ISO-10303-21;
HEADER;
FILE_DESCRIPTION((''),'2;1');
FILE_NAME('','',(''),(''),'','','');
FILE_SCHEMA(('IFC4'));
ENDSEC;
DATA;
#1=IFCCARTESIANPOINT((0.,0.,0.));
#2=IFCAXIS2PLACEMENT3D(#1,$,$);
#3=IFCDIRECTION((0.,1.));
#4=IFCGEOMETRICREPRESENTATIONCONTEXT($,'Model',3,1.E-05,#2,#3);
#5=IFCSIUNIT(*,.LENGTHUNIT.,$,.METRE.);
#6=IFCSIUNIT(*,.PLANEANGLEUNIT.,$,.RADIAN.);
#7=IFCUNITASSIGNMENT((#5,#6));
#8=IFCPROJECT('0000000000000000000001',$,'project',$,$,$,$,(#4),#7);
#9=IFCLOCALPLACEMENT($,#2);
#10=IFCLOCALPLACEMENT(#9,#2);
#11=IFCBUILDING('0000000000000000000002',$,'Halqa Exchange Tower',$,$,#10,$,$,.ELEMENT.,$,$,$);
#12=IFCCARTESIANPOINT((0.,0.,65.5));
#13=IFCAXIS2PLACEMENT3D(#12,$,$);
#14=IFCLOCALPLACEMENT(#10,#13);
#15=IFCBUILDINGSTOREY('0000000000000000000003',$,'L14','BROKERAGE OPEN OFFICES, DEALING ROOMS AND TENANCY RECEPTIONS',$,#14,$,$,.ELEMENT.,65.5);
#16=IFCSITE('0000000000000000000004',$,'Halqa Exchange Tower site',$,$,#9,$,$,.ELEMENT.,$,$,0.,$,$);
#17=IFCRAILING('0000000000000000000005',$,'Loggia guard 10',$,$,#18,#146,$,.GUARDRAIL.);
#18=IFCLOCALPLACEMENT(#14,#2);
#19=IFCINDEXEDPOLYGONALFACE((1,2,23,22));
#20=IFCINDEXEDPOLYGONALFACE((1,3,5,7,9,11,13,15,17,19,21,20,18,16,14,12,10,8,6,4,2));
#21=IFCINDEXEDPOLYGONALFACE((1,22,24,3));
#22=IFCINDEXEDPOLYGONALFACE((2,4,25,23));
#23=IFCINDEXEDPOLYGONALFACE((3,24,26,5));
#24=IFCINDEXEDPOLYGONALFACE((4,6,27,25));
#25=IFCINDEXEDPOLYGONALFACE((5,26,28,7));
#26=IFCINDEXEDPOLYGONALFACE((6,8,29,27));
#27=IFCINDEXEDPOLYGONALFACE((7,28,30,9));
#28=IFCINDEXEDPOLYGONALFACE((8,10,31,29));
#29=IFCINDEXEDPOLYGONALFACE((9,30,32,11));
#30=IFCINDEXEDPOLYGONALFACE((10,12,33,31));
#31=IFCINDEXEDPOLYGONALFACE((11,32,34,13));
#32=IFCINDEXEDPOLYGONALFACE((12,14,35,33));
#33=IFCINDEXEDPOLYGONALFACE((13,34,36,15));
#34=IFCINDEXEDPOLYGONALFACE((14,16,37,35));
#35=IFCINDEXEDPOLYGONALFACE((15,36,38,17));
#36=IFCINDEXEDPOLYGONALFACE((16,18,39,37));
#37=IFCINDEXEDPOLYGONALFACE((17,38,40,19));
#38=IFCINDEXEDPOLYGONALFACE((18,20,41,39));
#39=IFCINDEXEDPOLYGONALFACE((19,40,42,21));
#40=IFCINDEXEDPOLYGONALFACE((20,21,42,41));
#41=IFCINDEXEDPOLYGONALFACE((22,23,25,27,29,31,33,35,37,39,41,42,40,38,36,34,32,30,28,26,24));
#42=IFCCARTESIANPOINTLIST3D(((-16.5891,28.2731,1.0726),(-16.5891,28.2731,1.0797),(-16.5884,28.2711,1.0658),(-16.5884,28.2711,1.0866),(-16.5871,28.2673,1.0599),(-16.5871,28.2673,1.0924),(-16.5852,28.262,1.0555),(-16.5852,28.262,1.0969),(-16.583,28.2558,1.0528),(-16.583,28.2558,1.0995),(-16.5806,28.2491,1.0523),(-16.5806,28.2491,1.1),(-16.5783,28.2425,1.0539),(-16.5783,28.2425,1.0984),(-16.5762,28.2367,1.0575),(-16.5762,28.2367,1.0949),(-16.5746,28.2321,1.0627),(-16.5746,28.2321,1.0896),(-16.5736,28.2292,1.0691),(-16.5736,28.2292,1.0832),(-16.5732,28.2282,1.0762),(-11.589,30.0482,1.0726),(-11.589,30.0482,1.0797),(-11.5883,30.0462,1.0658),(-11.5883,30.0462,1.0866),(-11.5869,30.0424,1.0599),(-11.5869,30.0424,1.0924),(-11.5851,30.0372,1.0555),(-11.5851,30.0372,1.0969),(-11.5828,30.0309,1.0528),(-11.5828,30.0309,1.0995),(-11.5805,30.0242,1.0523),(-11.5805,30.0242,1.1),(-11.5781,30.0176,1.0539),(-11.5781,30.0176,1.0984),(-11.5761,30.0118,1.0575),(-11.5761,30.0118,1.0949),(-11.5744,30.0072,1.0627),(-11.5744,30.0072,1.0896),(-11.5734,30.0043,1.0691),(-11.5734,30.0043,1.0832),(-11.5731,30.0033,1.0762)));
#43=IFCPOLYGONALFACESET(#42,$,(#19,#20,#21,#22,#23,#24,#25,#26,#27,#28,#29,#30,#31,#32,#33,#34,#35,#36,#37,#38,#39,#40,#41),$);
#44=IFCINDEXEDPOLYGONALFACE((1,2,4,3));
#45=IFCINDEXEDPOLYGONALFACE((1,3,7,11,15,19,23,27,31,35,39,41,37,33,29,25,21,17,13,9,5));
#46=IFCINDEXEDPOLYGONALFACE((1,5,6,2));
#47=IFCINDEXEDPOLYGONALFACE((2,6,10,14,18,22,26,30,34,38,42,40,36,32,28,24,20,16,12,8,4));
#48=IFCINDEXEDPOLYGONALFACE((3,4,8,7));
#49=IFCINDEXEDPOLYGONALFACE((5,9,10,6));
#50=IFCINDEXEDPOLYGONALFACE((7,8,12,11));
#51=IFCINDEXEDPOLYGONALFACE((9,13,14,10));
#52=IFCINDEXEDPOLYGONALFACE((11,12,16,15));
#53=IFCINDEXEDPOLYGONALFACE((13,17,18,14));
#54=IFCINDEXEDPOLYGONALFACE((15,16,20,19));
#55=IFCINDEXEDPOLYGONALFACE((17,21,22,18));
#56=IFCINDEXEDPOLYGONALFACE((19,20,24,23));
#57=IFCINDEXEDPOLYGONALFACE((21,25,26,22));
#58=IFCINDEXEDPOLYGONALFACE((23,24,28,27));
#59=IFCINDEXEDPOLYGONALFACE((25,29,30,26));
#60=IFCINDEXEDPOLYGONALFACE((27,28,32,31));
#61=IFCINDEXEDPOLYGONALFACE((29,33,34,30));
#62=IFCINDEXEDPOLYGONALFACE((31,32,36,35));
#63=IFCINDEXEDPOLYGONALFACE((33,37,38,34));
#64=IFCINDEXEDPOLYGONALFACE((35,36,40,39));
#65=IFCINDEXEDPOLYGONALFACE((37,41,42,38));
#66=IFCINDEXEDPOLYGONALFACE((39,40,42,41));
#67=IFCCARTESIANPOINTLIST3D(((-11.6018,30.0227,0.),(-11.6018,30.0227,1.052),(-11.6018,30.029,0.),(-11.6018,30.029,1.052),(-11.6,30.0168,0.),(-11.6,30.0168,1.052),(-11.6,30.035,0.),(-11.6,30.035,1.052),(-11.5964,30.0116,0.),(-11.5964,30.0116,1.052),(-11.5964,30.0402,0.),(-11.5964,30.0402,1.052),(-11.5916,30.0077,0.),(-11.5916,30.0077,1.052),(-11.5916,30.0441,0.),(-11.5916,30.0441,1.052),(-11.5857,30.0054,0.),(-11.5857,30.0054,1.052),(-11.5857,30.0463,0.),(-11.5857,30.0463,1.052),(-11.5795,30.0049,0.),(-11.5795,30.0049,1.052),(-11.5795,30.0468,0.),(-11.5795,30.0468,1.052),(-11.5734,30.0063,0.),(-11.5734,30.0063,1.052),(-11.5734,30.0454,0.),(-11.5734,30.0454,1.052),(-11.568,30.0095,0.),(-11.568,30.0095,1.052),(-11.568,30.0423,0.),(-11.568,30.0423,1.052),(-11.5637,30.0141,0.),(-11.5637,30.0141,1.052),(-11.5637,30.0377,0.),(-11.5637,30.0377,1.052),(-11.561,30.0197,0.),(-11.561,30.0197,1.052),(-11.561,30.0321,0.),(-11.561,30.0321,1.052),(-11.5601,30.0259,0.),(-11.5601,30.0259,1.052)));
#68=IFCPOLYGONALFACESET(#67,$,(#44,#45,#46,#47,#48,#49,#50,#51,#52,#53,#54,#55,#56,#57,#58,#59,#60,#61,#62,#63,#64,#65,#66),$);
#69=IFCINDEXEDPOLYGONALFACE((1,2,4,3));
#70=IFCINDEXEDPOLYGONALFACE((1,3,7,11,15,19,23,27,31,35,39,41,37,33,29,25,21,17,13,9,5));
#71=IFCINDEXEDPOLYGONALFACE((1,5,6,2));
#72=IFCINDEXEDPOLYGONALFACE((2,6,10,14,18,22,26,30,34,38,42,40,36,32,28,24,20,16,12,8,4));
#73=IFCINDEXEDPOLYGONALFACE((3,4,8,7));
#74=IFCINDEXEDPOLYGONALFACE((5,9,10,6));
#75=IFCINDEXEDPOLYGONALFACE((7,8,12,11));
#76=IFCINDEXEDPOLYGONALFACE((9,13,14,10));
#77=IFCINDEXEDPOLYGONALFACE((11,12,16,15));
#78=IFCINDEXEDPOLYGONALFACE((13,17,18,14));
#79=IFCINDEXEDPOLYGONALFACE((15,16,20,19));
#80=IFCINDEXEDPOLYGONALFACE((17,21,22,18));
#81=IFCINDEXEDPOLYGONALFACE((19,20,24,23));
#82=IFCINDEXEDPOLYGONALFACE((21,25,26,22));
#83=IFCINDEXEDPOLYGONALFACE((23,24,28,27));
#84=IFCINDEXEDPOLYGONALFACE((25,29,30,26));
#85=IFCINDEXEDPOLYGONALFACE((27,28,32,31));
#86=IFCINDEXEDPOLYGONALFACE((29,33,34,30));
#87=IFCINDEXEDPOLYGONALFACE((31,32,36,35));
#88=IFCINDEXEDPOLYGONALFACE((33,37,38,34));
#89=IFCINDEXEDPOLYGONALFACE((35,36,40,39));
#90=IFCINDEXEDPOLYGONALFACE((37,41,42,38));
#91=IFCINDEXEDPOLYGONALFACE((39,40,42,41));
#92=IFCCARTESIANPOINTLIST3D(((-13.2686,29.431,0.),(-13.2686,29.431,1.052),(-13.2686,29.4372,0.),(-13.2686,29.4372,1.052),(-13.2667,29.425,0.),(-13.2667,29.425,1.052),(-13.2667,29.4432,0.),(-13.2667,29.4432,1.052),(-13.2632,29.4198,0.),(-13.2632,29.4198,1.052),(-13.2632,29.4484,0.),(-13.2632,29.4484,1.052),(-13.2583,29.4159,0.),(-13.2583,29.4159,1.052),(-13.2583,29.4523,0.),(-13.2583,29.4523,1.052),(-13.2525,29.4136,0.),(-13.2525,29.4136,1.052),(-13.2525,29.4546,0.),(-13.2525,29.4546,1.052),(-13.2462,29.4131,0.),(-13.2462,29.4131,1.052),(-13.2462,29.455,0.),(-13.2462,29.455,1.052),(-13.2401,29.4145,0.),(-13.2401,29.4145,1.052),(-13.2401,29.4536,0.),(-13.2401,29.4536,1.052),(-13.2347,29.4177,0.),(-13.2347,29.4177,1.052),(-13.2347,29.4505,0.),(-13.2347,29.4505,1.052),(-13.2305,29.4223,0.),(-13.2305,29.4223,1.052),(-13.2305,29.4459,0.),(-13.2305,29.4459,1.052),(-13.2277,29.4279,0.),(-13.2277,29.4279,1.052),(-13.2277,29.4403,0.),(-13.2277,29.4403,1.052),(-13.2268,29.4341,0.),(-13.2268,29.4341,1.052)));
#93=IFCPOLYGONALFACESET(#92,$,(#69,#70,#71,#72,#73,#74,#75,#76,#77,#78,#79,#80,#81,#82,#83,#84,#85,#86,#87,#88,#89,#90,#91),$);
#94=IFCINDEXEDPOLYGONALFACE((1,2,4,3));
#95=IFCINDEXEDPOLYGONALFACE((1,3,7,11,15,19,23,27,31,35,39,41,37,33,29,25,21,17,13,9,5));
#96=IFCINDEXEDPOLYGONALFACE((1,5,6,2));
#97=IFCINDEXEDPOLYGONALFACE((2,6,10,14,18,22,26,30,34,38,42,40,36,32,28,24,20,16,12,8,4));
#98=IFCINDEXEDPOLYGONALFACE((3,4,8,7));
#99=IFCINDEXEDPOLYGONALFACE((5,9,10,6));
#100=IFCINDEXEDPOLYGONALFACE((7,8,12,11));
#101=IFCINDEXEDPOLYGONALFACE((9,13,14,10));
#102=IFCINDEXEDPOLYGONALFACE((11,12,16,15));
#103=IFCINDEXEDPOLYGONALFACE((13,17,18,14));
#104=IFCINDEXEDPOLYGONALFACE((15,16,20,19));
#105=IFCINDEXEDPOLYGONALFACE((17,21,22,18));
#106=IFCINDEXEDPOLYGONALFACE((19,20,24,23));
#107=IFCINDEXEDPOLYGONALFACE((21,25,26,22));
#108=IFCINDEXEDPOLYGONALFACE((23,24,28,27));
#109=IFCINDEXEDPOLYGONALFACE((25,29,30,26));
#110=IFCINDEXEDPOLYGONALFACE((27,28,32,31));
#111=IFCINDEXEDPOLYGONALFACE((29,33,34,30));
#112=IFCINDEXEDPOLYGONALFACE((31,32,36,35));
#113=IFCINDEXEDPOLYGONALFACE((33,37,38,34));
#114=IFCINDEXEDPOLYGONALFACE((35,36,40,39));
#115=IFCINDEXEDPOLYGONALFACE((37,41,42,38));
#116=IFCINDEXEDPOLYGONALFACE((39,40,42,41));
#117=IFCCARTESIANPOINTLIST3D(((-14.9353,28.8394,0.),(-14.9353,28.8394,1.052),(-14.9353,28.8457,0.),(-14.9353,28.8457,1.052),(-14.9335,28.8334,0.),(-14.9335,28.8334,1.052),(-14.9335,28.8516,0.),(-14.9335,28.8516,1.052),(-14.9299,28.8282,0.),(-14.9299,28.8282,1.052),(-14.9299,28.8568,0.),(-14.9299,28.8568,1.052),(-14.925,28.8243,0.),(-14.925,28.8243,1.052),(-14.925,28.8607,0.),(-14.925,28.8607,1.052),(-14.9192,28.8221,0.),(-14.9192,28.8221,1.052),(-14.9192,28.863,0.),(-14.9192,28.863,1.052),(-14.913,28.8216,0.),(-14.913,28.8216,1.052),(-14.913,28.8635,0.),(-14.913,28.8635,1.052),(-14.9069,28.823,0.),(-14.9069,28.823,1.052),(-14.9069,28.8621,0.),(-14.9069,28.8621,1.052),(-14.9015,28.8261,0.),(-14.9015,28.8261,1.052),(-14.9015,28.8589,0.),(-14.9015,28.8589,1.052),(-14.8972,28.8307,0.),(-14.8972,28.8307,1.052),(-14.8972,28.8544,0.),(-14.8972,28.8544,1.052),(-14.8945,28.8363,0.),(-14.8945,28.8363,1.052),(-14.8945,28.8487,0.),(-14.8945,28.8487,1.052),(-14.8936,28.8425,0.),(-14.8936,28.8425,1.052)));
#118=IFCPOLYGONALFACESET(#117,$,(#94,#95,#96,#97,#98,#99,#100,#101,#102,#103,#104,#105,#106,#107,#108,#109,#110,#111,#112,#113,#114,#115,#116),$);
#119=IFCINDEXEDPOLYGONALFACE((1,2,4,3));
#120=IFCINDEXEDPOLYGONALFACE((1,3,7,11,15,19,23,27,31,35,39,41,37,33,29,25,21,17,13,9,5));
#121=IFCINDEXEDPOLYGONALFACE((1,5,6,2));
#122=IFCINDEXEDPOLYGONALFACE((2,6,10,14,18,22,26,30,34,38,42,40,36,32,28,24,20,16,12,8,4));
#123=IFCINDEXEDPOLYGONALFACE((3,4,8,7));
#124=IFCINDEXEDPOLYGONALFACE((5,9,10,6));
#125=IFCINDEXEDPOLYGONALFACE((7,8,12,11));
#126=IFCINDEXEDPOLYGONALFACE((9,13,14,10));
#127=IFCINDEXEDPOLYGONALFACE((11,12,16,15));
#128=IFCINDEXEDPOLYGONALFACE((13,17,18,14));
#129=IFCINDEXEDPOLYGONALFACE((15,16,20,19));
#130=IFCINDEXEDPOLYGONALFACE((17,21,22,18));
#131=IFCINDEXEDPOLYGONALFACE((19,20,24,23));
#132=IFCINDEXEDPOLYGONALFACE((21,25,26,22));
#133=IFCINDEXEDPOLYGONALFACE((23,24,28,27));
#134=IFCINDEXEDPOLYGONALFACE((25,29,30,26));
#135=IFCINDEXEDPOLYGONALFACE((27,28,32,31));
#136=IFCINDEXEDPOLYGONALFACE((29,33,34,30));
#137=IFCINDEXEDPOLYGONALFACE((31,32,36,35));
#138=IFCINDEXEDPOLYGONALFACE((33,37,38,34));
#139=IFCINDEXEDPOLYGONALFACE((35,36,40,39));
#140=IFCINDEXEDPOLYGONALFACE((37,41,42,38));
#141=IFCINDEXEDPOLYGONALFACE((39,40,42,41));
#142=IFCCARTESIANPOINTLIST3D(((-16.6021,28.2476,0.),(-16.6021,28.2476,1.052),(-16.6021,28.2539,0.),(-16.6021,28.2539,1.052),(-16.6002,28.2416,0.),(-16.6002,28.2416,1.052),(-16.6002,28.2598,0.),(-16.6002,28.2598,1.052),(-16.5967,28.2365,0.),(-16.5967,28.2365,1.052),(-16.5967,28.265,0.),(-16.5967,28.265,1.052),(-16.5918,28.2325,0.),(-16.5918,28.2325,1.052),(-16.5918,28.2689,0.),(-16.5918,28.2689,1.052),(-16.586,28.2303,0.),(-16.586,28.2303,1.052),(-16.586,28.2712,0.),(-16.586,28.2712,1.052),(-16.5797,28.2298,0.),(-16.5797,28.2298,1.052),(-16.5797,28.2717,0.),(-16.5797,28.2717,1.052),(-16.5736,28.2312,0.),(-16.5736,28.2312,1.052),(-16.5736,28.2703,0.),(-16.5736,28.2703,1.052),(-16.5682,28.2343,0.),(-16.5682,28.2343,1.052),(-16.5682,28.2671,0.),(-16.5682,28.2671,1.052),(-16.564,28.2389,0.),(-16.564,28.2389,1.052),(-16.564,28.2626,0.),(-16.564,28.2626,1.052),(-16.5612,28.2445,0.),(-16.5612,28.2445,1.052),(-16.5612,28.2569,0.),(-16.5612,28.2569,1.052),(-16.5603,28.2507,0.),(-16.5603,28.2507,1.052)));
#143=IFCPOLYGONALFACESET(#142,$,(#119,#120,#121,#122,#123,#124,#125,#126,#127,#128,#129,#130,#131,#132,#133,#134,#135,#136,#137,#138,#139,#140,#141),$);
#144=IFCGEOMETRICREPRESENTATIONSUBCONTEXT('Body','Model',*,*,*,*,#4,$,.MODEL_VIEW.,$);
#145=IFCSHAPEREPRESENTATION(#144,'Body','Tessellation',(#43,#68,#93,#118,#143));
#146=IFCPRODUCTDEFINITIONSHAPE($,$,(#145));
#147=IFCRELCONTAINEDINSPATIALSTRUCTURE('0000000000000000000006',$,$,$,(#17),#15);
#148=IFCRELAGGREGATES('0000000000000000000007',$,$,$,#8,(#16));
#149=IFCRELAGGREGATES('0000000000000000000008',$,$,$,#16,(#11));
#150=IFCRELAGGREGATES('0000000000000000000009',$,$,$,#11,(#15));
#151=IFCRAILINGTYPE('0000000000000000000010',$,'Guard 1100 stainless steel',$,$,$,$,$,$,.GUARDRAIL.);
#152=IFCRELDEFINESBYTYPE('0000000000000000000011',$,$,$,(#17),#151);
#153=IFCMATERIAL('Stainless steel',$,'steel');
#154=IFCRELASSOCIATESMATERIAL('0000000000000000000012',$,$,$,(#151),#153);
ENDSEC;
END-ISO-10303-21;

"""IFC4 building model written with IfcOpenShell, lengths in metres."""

from ifc_helpers import new_model, si_unit, direction, frame, origin, origin_2d, place, context, subcontext, project, spatial, circle, extrude, material, type_object, element, save


model = new_model("IFC4")

# Units and contexts
model_context = context("Model", 3, precision=1e-05, world=origin(), true_north=direction((0.0, 1.0)))
body_context = subcontext(model_context, "Body", "Model", "MODEL_VIEW")
ifc_project = project(units=[si_unit("LENGTHUNIT", "METRE"), si_unit("PLANEANGLEUNIT", "RADIAN")], contexts=[model_context])

# Site, building, storey
site_placement = place(None, origin())
site = spatial("IfcSite", under=ifc_project, at=site_placement, Name="Halqa Exchange Tower site", CompositionType="ELEMENT", RefElevation=0.0)
building_placement = place(site_placement, origin())
building = spatial("IfcBuilding", under=site, at=building_placement, Name="Halqa Exchange Tower", CompositionType="ELEMENT")
storey_placement = place(building_placement, frame((0.0, 0.0, 65.5)))
storey = spatial("IfcBuildingStorey", under=building, at=storey_placement, Name="L14", Description="BROKERAGE OPEN OFFICES, DEALING ROOMS AND TENANCY RECEPTIONS", CompositionType="ELEMENT", Elevation=65.5)

# Railing
ifc_material_1 = material(Name="Stainless steel", Category="steel")
railing_type_1 = type_object("IfcRailingType", Name="Guard 1100 stainless steel", PredefinedType="GUARDRAIL", material=ifc_material_1)
railing_1_placement = place(storey_placement, frame((-11.5811, 30.0259, 0.0)))
element("IfcRailing", 1, at=railing_1_placement, inside=storey, type_object=railing_type_1, Name="Loggia guard 10", PredefinedType="GUARDRAIL", context=body_context, shape_type="SweptSolid", body=[
    extrude(circle(Radius=0.0239, at=origin_2d()), frame((0.0, 0.0, 1.0762), z_axis=(-0.942376, -0.334555, 0.0), x_axis=(0.334555, -0.942376, 0.0)), (0.0, 0.0, 1.0), 5.3059),
    extrude(circle(Radius=0.021, at=origin_2d()), origin(), (0.0, 0.0, 1.0), 1.052),
    extrude(circle(Radius=0.021, at=origin_2d()), frame((-1.6667, -0.5918, 0.0)), (0.0, 0.0, 1.0), 1.052),
    extrude(circle(Radius=0.021, at=origin_2d()), frame((-3.3335, -1.1833, 0.0)), (0.0, 0.0, 1.0), 1.052),
    extrude(circle(Radius=0.021, at=origin_2d()), frame((-5.0002, -1.7751, 0.0)), (0.0, 0.0, 1.0), 1.052),
])

save(model, "model.ifc")
